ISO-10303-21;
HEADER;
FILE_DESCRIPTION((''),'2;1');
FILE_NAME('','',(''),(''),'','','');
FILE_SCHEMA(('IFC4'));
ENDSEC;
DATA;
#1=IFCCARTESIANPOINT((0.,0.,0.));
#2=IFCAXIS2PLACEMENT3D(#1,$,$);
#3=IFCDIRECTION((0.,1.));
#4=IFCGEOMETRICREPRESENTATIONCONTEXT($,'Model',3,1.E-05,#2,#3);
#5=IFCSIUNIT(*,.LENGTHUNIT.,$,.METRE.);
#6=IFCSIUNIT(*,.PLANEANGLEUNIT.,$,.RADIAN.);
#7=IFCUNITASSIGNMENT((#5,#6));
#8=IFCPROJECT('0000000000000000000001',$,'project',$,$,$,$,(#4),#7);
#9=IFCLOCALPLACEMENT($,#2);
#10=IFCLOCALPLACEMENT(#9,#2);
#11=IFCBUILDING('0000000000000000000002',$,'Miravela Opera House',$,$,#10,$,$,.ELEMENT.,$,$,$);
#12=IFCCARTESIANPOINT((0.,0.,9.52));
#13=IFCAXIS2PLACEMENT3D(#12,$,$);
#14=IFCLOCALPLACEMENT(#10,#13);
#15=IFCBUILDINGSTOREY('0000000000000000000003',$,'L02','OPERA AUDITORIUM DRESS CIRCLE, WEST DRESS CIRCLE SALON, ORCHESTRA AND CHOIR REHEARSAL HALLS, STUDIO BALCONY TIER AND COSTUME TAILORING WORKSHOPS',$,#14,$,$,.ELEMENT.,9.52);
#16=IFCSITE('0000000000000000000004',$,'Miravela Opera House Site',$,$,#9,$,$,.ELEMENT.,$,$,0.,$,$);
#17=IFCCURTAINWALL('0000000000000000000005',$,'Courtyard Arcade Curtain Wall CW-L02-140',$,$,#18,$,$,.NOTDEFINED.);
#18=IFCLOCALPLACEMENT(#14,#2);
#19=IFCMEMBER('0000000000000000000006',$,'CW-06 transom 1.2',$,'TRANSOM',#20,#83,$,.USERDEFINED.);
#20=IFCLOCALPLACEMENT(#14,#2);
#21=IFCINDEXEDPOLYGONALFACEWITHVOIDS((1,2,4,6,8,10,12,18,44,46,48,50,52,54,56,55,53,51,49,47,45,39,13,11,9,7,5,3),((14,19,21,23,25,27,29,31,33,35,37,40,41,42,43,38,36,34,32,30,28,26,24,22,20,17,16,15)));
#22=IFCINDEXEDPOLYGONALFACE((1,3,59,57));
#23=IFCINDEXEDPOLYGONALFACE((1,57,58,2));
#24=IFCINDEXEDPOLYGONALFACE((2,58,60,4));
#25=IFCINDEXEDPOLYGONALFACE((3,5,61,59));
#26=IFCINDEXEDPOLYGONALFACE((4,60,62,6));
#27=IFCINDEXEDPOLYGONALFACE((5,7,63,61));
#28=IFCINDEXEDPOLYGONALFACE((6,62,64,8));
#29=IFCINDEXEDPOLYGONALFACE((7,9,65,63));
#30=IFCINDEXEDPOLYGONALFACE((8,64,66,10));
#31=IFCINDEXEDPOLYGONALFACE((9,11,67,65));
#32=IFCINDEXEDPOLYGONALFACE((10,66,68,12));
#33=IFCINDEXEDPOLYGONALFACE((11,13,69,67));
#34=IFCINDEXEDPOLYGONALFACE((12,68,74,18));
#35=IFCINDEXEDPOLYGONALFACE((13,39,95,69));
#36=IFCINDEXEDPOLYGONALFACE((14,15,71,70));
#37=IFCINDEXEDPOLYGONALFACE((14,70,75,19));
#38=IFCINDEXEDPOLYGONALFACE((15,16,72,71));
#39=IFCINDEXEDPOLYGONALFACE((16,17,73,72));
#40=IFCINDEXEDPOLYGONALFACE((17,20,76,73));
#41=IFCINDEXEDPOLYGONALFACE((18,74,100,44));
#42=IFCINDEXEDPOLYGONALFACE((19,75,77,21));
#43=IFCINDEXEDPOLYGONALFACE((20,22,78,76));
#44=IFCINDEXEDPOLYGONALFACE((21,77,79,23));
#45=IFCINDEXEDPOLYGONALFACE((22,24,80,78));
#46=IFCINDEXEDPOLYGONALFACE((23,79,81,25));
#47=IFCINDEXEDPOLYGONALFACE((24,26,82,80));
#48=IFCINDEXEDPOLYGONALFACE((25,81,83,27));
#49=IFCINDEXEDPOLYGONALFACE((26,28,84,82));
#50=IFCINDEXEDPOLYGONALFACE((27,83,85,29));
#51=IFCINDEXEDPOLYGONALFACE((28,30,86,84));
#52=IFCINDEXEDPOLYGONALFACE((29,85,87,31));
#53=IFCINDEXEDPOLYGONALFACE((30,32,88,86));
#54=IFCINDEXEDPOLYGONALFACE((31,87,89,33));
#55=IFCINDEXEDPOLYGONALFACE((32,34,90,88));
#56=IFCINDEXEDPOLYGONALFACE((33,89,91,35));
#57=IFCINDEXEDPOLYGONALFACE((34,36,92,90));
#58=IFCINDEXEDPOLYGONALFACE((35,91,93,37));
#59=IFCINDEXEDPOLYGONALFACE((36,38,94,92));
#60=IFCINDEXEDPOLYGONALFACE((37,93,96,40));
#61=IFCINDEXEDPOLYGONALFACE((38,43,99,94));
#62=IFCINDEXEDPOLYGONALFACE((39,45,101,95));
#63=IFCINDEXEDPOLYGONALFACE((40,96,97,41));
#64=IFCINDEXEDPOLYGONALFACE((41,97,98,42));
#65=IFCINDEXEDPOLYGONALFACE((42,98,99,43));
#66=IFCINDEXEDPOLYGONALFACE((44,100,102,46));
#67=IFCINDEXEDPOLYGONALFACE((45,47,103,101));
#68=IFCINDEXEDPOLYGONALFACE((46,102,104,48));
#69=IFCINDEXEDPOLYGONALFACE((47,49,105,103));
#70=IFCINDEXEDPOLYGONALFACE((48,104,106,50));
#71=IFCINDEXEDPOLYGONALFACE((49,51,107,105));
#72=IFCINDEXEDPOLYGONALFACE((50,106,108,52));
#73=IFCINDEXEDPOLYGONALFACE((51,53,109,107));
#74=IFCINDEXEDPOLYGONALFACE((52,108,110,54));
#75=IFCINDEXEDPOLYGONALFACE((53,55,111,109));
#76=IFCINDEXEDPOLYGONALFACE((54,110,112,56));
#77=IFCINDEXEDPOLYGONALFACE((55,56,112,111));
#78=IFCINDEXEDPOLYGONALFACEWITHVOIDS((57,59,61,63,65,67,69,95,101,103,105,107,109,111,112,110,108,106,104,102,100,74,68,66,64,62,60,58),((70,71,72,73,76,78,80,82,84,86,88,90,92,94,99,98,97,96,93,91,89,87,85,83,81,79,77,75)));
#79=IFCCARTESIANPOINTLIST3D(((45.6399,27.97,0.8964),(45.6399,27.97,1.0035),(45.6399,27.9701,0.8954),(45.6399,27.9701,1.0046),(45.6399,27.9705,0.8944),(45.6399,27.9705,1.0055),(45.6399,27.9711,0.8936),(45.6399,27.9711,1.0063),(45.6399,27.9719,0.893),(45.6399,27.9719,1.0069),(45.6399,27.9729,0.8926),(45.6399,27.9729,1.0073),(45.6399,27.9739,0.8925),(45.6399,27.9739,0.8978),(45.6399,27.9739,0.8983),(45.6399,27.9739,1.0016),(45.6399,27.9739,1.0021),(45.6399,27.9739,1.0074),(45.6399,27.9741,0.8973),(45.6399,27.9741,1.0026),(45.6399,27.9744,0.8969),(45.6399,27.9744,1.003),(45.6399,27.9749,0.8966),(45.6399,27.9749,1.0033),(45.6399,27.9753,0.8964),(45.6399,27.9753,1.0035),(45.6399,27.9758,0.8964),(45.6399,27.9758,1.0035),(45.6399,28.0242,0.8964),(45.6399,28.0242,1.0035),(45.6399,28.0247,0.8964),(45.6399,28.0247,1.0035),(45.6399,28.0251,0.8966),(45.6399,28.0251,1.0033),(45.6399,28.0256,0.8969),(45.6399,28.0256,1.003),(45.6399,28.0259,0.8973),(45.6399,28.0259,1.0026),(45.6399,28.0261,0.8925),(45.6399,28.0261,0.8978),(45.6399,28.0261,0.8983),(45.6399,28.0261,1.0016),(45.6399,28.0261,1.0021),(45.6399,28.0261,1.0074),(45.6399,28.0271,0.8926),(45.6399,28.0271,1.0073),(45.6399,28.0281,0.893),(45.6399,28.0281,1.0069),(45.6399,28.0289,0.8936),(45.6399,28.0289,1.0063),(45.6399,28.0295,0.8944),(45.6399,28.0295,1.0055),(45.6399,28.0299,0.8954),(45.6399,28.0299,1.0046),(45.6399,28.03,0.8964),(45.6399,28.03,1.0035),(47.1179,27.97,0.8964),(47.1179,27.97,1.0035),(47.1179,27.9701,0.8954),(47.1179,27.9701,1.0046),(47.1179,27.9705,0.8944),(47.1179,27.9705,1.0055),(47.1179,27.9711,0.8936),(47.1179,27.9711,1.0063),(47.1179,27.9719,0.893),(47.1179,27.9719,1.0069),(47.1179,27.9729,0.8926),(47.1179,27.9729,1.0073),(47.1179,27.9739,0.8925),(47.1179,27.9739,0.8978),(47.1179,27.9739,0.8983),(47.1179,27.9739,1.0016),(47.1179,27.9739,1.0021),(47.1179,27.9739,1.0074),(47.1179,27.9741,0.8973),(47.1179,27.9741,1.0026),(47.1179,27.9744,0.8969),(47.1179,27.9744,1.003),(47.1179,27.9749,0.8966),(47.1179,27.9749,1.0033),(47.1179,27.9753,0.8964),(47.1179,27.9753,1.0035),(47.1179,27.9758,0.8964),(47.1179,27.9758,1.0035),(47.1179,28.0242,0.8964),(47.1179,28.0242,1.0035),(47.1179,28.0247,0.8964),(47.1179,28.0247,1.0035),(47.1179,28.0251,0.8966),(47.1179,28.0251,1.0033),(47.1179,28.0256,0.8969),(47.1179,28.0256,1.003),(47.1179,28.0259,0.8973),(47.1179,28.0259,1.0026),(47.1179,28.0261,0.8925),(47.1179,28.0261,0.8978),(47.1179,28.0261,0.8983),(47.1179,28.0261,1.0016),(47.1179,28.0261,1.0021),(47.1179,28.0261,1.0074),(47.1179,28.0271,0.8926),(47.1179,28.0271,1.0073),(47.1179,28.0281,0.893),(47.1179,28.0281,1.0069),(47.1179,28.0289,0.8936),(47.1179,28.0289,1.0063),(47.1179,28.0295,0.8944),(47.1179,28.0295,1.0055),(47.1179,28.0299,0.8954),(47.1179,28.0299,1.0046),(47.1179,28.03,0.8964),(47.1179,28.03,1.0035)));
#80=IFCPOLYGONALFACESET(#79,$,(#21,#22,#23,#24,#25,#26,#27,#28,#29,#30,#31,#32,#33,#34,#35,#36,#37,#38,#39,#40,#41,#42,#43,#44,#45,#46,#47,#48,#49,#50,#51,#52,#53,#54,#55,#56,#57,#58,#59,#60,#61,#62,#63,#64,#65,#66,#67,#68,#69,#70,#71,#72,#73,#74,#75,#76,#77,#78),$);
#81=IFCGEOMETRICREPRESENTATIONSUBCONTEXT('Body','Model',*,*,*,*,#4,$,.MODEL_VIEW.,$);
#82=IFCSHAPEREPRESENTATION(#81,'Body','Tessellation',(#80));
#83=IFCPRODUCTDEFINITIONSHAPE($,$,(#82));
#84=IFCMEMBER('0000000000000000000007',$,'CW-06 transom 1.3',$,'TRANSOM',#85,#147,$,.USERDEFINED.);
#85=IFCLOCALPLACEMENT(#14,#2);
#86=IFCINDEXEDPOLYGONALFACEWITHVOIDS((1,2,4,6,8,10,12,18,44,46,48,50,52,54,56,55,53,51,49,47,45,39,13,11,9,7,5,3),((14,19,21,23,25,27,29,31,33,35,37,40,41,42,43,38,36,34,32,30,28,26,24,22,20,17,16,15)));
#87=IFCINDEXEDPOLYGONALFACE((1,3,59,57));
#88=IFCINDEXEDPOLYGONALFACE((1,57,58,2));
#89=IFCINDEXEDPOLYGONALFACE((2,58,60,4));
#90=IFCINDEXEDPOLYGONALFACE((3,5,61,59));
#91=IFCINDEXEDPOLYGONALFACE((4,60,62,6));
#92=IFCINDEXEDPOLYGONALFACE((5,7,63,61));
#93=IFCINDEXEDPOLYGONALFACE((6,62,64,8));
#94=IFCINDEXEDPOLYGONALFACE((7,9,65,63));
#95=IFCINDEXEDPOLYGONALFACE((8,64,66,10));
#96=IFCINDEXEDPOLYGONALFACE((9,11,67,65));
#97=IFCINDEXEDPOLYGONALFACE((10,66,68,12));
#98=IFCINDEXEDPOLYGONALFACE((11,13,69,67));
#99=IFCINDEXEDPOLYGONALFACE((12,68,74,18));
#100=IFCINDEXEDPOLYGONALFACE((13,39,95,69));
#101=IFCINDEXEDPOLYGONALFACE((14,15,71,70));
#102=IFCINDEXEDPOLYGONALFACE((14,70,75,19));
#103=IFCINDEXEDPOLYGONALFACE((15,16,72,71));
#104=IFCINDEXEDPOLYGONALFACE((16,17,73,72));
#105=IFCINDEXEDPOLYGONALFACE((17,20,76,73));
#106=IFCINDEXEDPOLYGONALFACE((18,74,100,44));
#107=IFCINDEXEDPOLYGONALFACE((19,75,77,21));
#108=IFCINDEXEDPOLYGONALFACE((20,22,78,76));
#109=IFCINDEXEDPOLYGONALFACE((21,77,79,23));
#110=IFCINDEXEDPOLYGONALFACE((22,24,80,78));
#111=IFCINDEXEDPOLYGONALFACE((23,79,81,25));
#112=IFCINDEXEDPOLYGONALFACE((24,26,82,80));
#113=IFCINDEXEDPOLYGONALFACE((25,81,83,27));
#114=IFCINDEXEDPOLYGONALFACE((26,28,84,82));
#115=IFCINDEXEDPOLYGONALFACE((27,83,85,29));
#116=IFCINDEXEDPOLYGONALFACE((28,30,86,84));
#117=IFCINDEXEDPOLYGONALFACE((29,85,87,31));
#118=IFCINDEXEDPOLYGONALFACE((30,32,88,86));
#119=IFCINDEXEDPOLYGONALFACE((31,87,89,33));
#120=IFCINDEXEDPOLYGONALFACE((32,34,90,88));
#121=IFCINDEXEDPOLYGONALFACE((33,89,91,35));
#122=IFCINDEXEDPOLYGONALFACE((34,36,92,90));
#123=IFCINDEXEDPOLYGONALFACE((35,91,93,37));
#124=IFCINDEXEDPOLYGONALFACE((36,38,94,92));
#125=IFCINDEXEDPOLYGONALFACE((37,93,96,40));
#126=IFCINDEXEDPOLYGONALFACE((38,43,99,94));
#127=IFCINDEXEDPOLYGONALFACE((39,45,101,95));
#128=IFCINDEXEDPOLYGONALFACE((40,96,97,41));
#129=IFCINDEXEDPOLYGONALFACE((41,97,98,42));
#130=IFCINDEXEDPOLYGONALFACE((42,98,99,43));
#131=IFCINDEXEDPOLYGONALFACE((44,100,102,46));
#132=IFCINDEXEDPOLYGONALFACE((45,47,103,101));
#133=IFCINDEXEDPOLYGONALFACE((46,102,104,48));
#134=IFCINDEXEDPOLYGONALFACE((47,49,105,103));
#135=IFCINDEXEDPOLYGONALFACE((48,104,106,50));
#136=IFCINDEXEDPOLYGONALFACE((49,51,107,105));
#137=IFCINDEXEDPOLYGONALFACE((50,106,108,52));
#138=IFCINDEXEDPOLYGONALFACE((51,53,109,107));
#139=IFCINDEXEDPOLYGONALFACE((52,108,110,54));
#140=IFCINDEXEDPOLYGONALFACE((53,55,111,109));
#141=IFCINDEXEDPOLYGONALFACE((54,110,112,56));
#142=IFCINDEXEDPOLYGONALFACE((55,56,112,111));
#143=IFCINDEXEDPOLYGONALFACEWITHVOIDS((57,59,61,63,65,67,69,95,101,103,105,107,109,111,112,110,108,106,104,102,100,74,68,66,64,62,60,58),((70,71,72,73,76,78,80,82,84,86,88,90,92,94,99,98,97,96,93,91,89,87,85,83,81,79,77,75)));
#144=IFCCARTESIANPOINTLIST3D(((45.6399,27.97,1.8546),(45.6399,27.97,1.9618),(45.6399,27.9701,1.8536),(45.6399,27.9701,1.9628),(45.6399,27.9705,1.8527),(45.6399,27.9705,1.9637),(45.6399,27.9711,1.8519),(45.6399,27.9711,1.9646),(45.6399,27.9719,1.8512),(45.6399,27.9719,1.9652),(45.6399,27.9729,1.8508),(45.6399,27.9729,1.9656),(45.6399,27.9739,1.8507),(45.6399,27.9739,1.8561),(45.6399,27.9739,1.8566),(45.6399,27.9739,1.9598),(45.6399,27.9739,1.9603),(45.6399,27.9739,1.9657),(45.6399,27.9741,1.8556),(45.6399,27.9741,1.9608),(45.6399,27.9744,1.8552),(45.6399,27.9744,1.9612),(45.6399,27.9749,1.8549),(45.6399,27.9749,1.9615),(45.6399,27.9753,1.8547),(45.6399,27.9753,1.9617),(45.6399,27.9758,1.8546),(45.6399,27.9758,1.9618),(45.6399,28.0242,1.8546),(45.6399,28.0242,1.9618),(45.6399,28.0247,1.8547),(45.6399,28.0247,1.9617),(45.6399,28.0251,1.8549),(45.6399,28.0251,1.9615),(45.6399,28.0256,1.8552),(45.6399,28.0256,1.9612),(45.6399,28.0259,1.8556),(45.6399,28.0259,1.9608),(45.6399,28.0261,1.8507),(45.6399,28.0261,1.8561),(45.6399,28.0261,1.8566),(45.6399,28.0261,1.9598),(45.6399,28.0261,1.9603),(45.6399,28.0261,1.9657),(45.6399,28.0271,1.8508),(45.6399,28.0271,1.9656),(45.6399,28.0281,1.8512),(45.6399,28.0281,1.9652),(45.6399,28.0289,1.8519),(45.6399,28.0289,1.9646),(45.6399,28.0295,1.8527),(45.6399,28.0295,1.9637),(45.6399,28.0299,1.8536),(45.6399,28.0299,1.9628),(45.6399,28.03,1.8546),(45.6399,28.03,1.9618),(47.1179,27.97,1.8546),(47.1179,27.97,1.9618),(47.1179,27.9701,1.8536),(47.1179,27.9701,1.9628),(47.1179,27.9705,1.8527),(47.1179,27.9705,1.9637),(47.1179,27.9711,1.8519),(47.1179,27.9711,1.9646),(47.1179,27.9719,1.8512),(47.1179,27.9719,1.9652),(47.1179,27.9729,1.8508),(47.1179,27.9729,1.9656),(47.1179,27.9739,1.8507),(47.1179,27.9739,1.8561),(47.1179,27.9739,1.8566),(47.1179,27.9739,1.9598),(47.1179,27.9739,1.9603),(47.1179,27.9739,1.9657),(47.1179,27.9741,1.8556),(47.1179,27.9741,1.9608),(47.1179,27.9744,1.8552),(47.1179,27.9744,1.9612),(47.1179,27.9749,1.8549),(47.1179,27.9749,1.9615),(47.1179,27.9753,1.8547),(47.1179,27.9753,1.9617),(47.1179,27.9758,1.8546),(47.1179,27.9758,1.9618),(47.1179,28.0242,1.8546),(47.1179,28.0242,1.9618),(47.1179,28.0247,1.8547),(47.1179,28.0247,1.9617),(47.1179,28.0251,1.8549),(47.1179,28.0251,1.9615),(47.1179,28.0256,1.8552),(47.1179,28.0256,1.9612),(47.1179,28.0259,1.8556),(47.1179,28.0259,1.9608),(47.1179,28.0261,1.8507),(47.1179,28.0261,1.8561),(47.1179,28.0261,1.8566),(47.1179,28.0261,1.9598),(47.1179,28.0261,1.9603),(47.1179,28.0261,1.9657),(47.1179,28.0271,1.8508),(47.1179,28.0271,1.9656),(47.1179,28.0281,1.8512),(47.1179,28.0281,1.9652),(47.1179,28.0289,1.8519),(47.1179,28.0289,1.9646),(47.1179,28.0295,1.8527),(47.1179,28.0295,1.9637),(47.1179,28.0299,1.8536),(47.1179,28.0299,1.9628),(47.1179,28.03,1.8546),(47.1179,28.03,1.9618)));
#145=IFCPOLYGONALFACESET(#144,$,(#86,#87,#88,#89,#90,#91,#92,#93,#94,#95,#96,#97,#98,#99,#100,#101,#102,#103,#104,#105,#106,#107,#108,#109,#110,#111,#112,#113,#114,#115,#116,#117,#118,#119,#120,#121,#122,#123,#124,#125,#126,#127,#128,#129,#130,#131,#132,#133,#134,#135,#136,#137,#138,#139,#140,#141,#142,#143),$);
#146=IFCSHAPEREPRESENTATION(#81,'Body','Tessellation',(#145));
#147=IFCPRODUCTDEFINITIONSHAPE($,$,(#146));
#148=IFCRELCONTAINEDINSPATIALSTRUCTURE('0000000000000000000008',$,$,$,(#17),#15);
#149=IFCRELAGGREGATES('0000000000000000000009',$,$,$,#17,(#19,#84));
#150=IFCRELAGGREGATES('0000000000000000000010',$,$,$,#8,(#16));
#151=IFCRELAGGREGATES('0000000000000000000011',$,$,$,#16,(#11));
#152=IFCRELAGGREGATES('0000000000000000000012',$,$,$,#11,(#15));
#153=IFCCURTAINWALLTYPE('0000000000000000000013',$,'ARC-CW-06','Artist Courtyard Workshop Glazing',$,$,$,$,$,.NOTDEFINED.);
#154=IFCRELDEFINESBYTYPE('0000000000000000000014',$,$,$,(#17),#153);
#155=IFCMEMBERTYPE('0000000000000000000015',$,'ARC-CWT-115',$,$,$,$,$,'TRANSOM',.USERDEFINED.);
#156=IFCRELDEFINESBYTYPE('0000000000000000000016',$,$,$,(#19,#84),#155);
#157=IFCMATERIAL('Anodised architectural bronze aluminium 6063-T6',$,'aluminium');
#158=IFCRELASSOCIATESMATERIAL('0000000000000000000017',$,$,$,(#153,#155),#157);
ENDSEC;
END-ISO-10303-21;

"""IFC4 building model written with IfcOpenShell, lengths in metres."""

from ifc_helpers import new_model, si_unit, direction, frame, origin, origin_2d, place, context, subcontext, project, spatial, hollow_rectangle, extrude, material, material_profile, profile_set, type_object, element, aggregate, save


model = new_model("IFC4")

# Units and contexts
model_context = context("Model", 3, precision=1e-05, world=origin(), true_north=direction((0.0, 1.0)))
body_context = subcontext(model_context, "Body", "Model", "MODEL_VIEW")
ifc_project = project(units=[si_unit("LENGTHUNIT", "METRE"), si_unit("PLANEANGLEUNIT", "RADIAN")], contexts=[model_context])

# Site, building, storey
site_placement = place(None, origin())
site = spatial("IfcSite", under=ifc_project, at=site_placement, Name="Miravela Opera House Site", CompositionType="ELEMENT", RefElevation=0.0)
building_placement = place(site_placement, origin())
building = spatial("IfcBuilding", under=site, at=building_placement, Name="Miravela Opera House", CompositionType="ELEMENT")
storey_placement = place(building_placement, frame((0.0, 0.0, 9.52)))
storey = spatial("IfcBuildingStorey", under=building, at=storey_placement, Name="L02", Description="OPERA AUDITORIUM DRESS CIRCLE, WEST DRESS CIRCLE SALON, ORCHESTRA AND CHOIR REHEARSAL HALLS, STUDIO BALCONY TIER AND COSTUME TAILORING WORKSHOPS", CompositionType="ELEMENT", Elevation=9.52)

# Curtain wall, members
ifc_material_1 = material(Name="Anodised architectural bronze aluminium 6063-T6", Category="aluminium")
curtain_wall_type = type_object("IfcCurtainWallType", Name="ARC-CW-06", Description="Artist Courtyard Workshop Glazing", PredefinedType="NOTDEFINED", material=ifc_material_1)
curtain_wall_placement = place(storey_placement, origin())
curtain_wall = element("IfcCurtainWall", 1, at=curtain_wall_placement, inside=storey, type_object=curtain_wall_type, Name="Courtyard Arcade Curtain Wall CW-L02-140", PredefinedType="NOTDEFINED")
ifc_material_profile_1 = material_profile(ifc_material_1, hollow_rectangle(XDim=0.0601, YDim=0.115, WallThickness=0.0039, InnerFilletRadius=0.002, OuterFilletRadius=0.0039, at=origin_2d()), Name="CWT-60X115")
ifc_profile_set_1 = profile_set([ifc_material_profile_1])
member_type_1 = type_object("IfcMemberType", Name="ARC-CWT-115", ElementType="TRANSOM", PredefinedType="USERDEFINED", material=ifc_profile_set_1)
member_1_placement = place(storey_placement, frame((45.6399, 28.0, 0.95), z_axis=(1.0, 0.0, 0.0), x_axis=(0.0, 1.0, 0.0)))
member_1 = element("IfcMember", 2, at=member_1_placement, type_object=member_type_1, Name="CW-06 transom 1.2", ObjectType="TRANSOM", PredefinedType="USERDEFINED", context=body_context, shape_type="SweptSolid", body=[
    extrude(hollow_rectangle(XDim=0.0601, YDim=0.115, WallThickness=0.0039, InnerFilletRadius=0.002, OuterFilletRadius=0.0039, at=origin_2d()), origin(), (0.0, 0.0, 1.0), 1.478),
])
member_2_placement = place(storey_placement, frame((45.6399, 28.0, 1.9082), z_axis=(1.0, 0.0, 0.0), x_axis=(0.0, 1.0, 0.0)))
member_2 = element("IfcMember", 3, at=member_2_placement, type_object=member_type_1, Name="CW-06 transom 1.3", ObjectType="TRANSOM", PredefinedType="USERDEFINED", context=body_context, shape_type="SweptSolid", body=[
    extrude(hollow_rectangle(XDim=0.0601, YDim=0.115, WallThickness=0.0039, InnerFilletRadius=0.002, OuterFilletRadius=0.0039, at=origin_2d()), origin(), (0.0, 0.0, 1.0), 1.478),
])

aggregate(curtain_wall, [member_1, member_2])

save(model, "model.ifc")
